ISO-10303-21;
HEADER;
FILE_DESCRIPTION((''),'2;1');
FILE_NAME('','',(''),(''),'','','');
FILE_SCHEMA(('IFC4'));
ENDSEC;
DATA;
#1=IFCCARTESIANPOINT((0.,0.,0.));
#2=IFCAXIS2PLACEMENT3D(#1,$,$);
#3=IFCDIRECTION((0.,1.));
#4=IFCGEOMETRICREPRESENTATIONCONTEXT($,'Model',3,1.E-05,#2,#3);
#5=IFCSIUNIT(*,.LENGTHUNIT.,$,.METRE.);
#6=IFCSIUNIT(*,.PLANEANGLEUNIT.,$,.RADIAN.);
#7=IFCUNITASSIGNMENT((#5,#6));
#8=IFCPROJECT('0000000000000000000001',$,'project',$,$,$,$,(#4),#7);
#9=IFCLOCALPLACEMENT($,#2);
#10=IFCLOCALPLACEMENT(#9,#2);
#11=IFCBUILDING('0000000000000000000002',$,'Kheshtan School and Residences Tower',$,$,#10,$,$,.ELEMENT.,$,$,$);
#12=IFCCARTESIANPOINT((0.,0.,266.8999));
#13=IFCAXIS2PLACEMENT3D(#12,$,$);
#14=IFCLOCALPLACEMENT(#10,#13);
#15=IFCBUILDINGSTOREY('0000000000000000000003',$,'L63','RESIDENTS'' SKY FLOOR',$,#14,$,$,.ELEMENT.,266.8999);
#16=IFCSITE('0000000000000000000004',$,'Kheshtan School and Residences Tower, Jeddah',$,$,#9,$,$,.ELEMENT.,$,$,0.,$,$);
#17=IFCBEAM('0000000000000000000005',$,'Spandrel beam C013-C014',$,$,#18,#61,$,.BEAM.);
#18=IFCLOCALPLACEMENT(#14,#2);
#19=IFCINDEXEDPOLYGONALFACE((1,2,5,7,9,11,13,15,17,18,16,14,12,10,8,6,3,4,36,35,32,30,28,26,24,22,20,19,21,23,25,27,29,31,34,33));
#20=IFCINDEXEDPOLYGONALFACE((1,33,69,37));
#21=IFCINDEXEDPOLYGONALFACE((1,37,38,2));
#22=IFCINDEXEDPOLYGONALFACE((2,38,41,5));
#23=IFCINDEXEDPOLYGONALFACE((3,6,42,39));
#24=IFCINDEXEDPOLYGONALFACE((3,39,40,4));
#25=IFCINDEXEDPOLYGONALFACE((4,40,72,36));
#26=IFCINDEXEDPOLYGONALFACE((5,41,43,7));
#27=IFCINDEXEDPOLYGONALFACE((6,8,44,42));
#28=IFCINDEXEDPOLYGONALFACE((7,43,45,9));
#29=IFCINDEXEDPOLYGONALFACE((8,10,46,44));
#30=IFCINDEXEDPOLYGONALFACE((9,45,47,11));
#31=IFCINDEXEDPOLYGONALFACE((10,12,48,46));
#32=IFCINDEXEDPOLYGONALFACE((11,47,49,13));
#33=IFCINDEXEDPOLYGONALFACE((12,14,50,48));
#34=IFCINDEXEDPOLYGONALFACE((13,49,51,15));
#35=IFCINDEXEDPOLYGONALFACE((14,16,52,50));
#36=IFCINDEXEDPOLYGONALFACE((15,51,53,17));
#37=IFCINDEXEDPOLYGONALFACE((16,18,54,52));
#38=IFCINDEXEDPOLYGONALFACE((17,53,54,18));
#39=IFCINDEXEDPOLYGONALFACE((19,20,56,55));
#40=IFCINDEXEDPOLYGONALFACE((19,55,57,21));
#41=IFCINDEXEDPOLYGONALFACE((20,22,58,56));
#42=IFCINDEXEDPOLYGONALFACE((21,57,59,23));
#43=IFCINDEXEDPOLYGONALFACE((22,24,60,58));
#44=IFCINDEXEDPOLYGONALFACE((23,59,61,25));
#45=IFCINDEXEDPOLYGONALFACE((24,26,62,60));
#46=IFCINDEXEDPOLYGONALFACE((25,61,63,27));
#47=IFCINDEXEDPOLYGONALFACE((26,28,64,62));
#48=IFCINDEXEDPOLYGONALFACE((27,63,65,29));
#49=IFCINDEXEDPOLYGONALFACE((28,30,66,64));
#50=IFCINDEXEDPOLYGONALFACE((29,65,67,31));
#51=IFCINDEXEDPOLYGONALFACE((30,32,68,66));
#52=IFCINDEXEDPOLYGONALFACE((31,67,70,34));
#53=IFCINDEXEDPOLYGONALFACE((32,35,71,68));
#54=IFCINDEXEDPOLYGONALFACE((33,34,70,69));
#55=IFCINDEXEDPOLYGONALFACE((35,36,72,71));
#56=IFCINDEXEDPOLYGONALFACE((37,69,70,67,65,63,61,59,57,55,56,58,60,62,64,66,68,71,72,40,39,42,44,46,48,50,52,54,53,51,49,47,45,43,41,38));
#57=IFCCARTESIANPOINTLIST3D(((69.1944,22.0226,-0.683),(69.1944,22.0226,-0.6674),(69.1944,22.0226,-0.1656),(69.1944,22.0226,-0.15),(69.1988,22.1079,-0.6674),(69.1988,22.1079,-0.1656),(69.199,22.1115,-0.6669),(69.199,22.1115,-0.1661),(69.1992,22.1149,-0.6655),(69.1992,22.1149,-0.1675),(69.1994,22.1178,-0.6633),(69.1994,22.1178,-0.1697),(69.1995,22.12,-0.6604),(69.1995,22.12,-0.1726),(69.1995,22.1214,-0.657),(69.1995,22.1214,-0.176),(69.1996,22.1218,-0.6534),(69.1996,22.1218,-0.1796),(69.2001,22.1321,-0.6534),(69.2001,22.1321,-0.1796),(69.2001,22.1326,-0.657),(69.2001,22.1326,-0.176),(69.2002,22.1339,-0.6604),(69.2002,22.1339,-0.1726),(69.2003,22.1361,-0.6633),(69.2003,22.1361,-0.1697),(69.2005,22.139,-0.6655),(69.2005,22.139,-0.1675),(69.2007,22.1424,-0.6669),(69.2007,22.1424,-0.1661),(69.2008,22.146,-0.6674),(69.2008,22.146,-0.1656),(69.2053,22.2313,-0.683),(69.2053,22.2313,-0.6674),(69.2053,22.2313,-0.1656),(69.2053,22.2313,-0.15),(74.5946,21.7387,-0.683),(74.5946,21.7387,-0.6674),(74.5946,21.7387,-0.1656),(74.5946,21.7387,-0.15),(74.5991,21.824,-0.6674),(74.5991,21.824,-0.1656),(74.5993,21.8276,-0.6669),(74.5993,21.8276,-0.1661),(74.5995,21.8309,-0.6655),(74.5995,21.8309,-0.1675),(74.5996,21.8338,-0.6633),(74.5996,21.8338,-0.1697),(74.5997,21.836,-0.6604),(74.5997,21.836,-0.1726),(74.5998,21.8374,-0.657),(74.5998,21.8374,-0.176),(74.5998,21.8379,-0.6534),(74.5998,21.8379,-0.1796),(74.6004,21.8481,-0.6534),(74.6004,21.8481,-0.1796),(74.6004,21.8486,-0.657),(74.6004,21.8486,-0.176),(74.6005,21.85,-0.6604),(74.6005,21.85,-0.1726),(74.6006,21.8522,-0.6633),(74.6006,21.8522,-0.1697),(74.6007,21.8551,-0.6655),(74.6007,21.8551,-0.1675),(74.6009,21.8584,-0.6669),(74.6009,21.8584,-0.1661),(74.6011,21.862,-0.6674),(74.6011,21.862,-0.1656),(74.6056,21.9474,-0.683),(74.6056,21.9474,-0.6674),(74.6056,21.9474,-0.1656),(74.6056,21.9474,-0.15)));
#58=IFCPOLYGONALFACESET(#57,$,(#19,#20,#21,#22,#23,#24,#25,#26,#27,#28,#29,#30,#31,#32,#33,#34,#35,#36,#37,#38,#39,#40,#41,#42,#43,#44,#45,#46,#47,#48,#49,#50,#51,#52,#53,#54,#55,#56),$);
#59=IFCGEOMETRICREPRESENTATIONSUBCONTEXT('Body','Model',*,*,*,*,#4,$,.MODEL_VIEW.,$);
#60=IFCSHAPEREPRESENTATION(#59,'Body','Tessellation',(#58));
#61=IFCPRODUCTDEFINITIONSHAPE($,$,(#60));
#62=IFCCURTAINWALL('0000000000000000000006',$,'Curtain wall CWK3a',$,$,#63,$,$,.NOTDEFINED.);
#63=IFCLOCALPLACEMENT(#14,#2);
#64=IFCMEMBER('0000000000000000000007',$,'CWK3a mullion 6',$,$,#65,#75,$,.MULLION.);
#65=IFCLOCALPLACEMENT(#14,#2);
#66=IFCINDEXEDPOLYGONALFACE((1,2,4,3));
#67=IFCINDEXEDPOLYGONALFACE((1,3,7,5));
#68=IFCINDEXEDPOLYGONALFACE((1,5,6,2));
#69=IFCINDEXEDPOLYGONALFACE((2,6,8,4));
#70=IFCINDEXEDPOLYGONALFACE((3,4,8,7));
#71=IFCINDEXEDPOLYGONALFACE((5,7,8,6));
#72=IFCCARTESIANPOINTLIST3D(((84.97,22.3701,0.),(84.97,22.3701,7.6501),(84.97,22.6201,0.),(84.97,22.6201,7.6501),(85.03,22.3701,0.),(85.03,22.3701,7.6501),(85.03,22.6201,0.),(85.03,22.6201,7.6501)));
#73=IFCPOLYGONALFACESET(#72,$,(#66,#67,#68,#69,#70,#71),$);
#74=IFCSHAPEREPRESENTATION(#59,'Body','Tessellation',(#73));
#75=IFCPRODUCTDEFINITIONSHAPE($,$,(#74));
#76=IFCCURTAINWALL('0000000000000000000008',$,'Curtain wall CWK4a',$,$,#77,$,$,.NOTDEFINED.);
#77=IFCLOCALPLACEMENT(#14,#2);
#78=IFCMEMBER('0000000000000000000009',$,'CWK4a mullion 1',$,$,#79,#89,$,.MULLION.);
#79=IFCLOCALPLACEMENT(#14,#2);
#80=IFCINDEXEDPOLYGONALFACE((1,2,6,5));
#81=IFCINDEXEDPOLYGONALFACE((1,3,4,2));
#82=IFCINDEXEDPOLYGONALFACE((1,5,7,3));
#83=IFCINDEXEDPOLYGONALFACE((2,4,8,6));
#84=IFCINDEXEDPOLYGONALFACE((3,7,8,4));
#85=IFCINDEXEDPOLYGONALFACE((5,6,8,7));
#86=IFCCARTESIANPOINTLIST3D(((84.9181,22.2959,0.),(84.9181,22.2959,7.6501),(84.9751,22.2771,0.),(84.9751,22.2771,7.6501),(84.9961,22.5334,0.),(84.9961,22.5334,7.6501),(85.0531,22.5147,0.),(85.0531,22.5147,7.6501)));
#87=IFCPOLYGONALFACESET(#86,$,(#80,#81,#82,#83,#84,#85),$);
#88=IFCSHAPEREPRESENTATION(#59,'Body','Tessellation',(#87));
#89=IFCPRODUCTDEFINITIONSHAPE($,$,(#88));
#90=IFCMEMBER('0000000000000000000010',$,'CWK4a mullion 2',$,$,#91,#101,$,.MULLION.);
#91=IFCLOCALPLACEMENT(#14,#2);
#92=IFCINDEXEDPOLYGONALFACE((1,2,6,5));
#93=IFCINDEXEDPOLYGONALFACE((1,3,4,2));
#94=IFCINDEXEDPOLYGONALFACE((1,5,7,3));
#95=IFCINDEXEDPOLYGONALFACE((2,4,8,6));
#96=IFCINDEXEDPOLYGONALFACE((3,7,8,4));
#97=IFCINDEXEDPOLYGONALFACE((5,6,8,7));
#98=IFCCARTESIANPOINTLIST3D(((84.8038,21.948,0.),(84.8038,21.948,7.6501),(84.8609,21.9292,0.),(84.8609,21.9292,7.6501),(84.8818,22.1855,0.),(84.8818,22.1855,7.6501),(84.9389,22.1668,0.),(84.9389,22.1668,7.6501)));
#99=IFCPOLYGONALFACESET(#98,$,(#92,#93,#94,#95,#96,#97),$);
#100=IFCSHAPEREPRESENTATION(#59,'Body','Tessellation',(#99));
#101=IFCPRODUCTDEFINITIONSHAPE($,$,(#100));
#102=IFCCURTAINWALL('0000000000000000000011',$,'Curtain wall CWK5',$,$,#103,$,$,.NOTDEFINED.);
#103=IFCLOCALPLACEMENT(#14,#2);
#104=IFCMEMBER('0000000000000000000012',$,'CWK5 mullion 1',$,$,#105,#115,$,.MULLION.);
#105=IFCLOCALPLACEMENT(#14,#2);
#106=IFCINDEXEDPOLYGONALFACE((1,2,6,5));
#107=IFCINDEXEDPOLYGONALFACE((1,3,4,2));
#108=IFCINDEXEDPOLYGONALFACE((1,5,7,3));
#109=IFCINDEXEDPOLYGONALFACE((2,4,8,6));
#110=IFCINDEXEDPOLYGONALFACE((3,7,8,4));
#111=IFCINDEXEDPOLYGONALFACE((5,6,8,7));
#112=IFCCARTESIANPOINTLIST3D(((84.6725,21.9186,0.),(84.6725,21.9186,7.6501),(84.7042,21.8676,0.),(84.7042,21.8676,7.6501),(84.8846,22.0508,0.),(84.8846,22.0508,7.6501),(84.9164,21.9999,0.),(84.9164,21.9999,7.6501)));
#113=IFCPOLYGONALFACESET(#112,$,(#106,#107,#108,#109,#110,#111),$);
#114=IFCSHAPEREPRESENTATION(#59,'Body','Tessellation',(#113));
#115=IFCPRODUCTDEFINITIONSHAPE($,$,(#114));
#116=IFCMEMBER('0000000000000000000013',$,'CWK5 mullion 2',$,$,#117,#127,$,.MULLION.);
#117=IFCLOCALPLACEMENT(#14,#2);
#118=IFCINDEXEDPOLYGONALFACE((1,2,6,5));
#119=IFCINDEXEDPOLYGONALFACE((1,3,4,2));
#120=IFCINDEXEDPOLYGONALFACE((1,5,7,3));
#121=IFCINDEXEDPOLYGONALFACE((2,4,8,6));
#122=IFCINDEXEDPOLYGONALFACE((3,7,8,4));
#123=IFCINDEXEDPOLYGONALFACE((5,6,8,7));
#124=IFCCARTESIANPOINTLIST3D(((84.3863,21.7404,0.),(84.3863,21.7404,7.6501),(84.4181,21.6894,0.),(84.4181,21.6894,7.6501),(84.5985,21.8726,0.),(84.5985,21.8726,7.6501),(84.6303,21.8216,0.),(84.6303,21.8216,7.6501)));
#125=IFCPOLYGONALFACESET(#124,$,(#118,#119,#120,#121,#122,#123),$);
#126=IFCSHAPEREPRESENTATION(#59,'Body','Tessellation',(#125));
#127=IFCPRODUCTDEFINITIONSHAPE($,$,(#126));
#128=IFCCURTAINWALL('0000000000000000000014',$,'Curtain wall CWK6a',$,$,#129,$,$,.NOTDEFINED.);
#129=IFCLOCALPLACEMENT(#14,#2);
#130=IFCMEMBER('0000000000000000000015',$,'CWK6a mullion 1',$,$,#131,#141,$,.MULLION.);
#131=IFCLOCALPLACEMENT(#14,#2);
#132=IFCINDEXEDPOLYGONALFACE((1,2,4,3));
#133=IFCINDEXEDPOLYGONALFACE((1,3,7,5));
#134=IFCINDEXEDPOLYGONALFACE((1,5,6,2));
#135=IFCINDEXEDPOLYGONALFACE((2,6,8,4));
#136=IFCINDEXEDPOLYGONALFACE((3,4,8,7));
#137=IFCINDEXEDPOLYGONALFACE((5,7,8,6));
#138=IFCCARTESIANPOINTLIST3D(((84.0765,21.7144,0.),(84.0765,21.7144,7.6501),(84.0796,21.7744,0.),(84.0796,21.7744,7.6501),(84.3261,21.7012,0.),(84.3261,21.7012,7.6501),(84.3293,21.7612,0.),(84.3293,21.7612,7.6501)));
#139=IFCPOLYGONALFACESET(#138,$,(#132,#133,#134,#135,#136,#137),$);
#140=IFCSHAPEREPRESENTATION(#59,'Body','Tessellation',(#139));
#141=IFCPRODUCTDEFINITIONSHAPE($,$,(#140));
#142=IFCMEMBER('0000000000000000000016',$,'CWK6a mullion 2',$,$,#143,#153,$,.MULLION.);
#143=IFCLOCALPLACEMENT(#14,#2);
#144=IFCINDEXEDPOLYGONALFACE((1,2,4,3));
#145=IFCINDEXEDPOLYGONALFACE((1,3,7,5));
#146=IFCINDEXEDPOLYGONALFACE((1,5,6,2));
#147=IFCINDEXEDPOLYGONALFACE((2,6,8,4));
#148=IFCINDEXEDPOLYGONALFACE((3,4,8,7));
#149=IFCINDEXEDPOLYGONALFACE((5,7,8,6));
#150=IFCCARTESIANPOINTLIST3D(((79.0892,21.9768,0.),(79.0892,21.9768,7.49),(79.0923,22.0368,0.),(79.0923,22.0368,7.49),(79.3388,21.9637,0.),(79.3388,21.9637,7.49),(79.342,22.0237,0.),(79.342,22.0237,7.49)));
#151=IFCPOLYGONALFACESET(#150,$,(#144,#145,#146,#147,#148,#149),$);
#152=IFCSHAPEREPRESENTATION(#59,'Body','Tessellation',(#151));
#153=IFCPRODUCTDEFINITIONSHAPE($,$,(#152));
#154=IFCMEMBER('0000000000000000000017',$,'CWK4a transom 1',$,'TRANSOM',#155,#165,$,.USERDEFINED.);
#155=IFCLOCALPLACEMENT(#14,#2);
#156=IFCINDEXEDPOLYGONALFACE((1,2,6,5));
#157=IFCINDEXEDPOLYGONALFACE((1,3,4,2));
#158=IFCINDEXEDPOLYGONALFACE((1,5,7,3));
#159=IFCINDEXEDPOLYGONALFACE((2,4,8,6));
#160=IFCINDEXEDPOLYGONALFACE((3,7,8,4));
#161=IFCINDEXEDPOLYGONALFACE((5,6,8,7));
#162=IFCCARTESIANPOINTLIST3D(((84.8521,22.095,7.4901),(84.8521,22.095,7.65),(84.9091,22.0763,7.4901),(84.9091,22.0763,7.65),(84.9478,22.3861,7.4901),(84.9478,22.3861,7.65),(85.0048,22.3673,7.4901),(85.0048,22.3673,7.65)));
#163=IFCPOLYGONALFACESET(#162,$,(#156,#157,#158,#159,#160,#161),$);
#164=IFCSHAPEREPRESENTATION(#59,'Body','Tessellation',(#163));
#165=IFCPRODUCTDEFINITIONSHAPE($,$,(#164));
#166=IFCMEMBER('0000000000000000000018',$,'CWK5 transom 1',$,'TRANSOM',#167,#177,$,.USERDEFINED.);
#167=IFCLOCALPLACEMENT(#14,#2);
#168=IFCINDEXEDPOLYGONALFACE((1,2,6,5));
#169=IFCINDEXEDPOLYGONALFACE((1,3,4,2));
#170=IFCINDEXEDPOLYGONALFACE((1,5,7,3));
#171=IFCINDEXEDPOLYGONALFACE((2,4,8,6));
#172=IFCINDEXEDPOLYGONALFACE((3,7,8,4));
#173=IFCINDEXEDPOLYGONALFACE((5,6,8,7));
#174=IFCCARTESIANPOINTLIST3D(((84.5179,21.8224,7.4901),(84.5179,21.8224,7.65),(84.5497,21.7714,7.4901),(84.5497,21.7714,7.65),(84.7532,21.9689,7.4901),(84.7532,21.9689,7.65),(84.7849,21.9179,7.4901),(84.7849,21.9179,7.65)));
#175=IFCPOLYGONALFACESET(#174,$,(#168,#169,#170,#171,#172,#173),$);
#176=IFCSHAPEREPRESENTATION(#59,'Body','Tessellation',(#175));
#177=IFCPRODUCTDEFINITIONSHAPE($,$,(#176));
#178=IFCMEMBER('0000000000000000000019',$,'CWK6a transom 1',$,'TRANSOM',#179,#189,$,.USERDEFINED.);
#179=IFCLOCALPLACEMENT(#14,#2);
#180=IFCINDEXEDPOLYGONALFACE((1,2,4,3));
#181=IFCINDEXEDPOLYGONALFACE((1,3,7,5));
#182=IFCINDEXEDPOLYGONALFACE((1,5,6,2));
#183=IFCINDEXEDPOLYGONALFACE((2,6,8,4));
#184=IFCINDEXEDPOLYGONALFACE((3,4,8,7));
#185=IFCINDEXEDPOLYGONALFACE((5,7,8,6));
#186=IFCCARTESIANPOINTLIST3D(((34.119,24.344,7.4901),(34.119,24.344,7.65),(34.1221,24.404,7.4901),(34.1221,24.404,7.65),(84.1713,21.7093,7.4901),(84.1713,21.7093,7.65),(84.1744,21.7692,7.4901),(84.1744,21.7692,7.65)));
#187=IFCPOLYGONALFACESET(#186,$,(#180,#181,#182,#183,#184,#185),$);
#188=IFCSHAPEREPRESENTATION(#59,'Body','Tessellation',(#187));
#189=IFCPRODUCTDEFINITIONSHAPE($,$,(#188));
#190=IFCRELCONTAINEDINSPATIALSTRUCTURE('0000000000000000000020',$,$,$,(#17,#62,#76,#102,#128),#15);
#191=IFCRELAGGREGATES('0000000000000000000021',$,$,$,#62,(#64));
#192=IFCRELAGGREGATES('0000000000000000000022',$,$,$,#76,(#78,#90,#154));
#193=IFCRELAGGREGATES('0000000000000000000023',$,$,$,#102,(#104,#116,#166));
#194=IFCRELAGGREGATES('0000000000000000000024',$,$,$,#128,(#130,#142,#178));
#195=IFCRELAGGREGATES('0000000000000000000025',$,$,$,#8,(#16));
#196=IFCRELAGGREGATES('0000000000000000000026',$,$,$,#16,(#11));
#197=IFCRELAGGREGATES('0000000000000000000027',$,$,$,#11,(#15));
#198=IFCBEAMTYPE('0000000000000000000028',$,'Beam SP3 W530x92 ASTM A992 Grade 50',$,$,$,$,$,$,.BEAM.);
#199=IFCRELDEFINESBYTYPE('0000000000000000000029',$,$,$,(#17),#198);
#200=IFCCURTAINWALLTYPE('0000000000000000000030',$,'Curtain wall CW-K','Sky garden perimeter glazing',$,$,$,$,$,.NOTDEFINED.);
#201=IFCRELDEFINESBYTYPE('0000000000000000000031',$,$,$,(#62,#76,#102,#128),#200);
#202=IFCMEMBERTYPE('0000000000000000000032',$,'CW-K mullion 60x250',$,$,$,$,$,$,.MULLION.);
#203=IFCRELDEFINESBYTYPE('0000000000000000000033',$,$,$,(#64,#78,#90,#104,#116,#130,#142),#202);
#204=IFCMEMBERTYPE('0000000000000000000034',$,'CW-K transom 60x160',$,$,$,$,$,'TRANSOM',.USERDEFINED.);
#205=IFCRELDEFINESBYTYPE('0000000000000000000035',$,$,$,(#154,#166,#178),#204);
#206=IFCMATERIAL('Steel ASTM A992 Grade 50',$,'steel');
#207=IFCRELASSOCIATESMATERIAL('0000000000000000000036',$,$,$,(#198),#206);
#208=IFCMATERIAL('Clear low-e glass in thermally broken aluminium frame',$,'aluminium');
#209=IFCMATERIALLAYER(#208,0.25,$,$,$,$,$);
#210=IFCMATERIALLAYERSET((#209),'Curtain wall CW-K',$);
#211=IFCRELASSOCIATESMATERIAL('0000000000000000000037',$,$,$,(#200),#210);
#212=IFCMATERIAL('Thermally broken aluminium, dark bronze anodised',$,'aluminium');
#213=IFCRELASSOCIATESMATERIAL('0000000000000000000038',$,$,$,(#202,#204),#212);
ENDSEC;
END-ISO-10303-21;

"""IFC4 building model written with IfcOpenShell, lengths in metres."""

from ifc_helpers import new_model, si_unit, direction, frame, origin, origin_2d, place, context, subcontext, project, spatial, rectangle, i_section, extrude, material, layer, layer_set, material_profile, profile_set, type_object, element, aggregate, save


model = new_model("IFC4")

# Units and contexts
model_context = context("Model", 3, precision=1e-05, world=origin(), true_north=direction((0.0, 1.0)))
body_context = subcontext(model_context, "Body", "Model", "MODEL_VIEW")
ifc_project = project(units=[si_unit("LENGTHUNIT", "METRE"), si_unit("PLANEANGLEUNIT", "RADIAN")], contexts=[model_context])

# Site, building, storey
site_placement = place(None, origin())
site = spatial("IfcSite", under=ifc_project, at=site_placement, Name="Kheshtan School and Residences Tower, Jeddah", CompositionType="ELEMENT", RefElevation=0.0)
building_placement = place(site_placement, origin())
building = spatial("IfcBuilding", under=site, at=building_placement, Name="Kheshtan School and Residences Tower", CompositionType="ELEMENT")
storey_placement = place(building_placement, frame((0.0, 0.0, 266.8999)))
storey = spatial("IfcBuildingStorey", under=building, at=storey_placement, Name="L63", Description="RESIDENTS' SKY FLOOR", CompositionType="ELEMENT", Elevation=266.8999)

# Shared definitions
ifc_material_1 = material(Name="Steel ASTM A992 Grade 50", Category="steel")

# Beam
ifc_material_profile_1 = material_profile(ifc_material_1, i_section(OverallWidth=0.209, OverallDepth=0.533, WebThickness=0.0103, FlangeThickness=0.0156, FilletRadius=0.0139, at=origin_2d()), Name="W530x92")
ifc_profile_set_1 = profile_set([ifc_material_profile_1], Name="Steel ASTM A992 Grade 50")
beam_type = type_object("IfcBeamType", Name="Beam SP3 W530x92 ASTM A992 Grade 50", PredefinedType="BEAM", material=ifc_profile_set_1)
beam_1_placement = place(storey_placement, frame((74.6001, 21.843, -0.4165), z_axis=(-0.998621, 0.052507, 0.0), x_axis=(-0.052507, -0.998621, 0.0)))
element("IfcBeam", 1, at=beam_1_placement, inside=storey, type_object=beam_type, Name="Spandrel beam C013-C014", PredefinedType="BEAM", context=body_context, shape_type="SweptSolid", body=[
    extrude(i_section(OverallWidth=0.209, OverallDepth=0.533, WebThickness=0.0103, FlangeThickness=0.0156, FilletRadius=0.0139, at=origin_2d()), origin(), (0.0, 0.0, 1.0), 5.4077),
])

# Curtain wall, member
ifc_material_2 = material(Name="Clear low-e glass in thermally broken aluminium frame", Category="aluminium")
ifc_layer_1 = layer(ifc_material_2, 0.25)
ifc_layer_set_1 = layer_set([ifc_layer_1], Name="Curtain wall CW-K")
curtain_wall_type = type_object("IfcCurtainWallType", Name="Curtain wall CW-K", Description="Sky garden perimeter glazing", PredefinedType="NOTDEFINED", material=ifc_layer_set_1)
curtain_wall_1_placement = place(storey_placement, origin())
curtain_wall_1 = element("IfcCurtainWall", 2, at=curtain_wall_1_placement, inside=storey, type_object=curtain_wall_type, Name="Curtain wall CWK3a", PredefinedType="NOTDEFINED")
ifc_material_3 = material(Name="Thermally broken aluminium, dark bronze anodised", Category="aluminium")
ifc_material_profile_2 = material_profile(ifc_material_3, rectangle(XDim=0.0601, YDim=0.25, at=origin_2d()), Name="CW-K mullion 60x250")
ifc_profile_set_2 = profile_set([ifc_material_profile_2], Name="Thermally broken aluminium, dark bronze anodised")
member_type_1 = type_object("IfcMemberType", Name="CW-K mullion 60x250", PredefinedType="MULLION", material=ifc_profile_set_2)
member_1_placement = place(storey_placement, frame((85.0, 22.4951, 0.0), z_axis=(0.0, 0.0, 1.0), x_axis=(1.0, 0.0, 0.0)))
member_1 = element("IfcMember", 3, at=member_1_placement, type_object=member_type_1, Name="CWK3a mullion 6", PredefinedType="MULLION", context=body_context, shape_type="SweptSolid", body=[
    extrude(rectangle(XDim=0.0601, YDim=0.25, at=origin_2d()), origin(), (0.0, 0.0, 1.0), 7.6501),
])

# Curtain walls, members
curtain_wall_2_placement = place(storey_placement, origin())
curtain_wall_2 = element("IfcCurtainWall", 4, at=curtain_wall_2_placement, inside=storey, type_object=curtain_wall_type, Name="Curtain wall CWK4a", PredefinedType="NOTDEFINED")
member_2_placement = place(storey_placement, frame((84.9856, 22.4053, 0.0), z_axis=(0.0, 0.0, 1.0), x_axis=(0.950081, -0.312002, 0.0)))
member_2 = element("IfcMember", 5, at=member_2_placement, type_object=member_type_1, Name="CWK4a mullion 1", PredefinedType="MULLION", context=body_context, shape_type="SweptSolid", body=[
    extrude(rectangle(XDim=0.0601, YDim=0.25, at=origin_2d()), origin(), (0.0, 0.0, 1.0), 7.6501),
])
member_3_placement = place(storey_placement, frame((84.8713, 22.0574, 0.0), z_axis=(0.0, 0.0, 1.0), x_axis=(0.950081, -0.312002, 0.0)))
member_3 = element("IfcMember", 6, at=member_3_placement, type_object=member_type_1, Name="CWK4a mullion 2", PredefinedType="MULLION", context=body_context, shape_type="SweptSolid", body=[
    extrude(rectangle(XDim=0.0601, YDim=0.25, at=origin_2d()), origin(), (0.0, 0.0, 1.0), 7.6501),
])
curtain_wall_3_placement = place(storey_placement, origin())
curtain_wall_3 = element("IfcCurtainWall", 7, at=curtain_wall_3_placement, inside=storey, type_object=curtain_wall_type, Name="Curtain wall CWK5", PredefinedType="NOTDEFINED")
member_4_placement = place(storey_placement, frame((84.7944, 21.9592, 0.0), z_axis=(0.0, 0.0, 1.0), x_axis=(0.528867, -0.848705, 0.0)))
member_4 = element("IfcMember", 8, at=member_4_placement, type_object=member_type_1, Name="CWK5 mullion 1", PredefinedType="MULLION", context=body_context, shape_type="SweptSolid", body=[
    extrude(rectangle(XDim=0.0601, YDim=0.25, at=origin_2d()), origin(), (0.0, 0.0, 1.0), 7.6501),
])
member_5_placement = place(storey_placement, frame((84.5083, 21.781, 0.0), z_axis=(0.0, 0.0, 1.0), x_axis=(0.528867, -0.848705, 0.0)))
member_5 = element("IfcMember", 9, at=member_5_placement, type_object=member_type_1, Name="CWK5 mullion 2", PredefinedType="MULLION", context=body_context, shape_type="SweptSolid", body=[
    extrude(rectangle(XDim=0.0601, YDim=0.25, at=origin_2d()), origin(), (0.0, 0.0, 1.0), 7.6501),
])
curtain_wall_4_placement = place(storey_placement, origin())
curtain_wall_4 = element("IfcCurtainWall", 10, at=curtain_wall_4_placement, inside=storey, type_object=curtain_wall_type, Name="Curtain wall CWK6a", PredefinedType="NOTDEFINED")
member_6_placement = place(storey_placement, frame((84.2029, 21.7378, 0.0), z_axis=(0.0, 0.0, 1.0), x_axis=(-0.052566, -0.998617, 0.0)))
member_6 = element("IfcMember", 11, at=member_6_placement, type_object=member_type_1, Name="CWK6a mullion 1", PredefinedType="MULLION", context=body_context, shape_type="SweptSolid", body=[
    extrude(rectangle(XDim=0.0601, YDim=0.25, at=origin_2d()), origin(), (0.0, 0.0, 1.0), 7.6501),
])
member_7_placement = place(storey_placement, frame((79.2156, 22.0002, 0.0), z_axis=(0.0, 0.0, 1.0), x_axis=(-0.052566, -0.998617, 0.0)))
member_7 = element("IfcMember", 12, at=member_7_placement, type_object=member_type_1, Name="CWK6a mullion 2", PredefinedType="MULLION", context=body_context, shape_type="SweptSolid", body=[
    extrude(rectangle(XDim=0.0601, YDim=0.25, at=origin_2d()), origin(), (0.0, 0.0, 1.0), 7.49),
])

# Members
ifc_material_profile_3 = material_profile(ifc_material_3, rectangle(XDim=0.0601, YDim=0.1599, at=origin_2d()), Name="CW-K transom 60x160")
ifc_profile_set_3 = profile_set([ifc_material_profile_3], Name="Thermally broken aluminium, dark bronze anodised")
member_type_2 = type_object("IfcMemberType", Name="CW-K transom 60x160", ElementType="TRANSOM", PredefinedType="USERDEFINED", material=ifc_profile_set_3)
member_8_placement = place(storey_placement, frame((84.9763, 22.3767, 7.5701), z_axis=(-0.3124, -0.949951, 0.0), x_axis=(0.949951, -0.3124, 0.0)))
member_8 = element("IfcMember", 13, at=member_8_placement, type_object=member_type_2, Name="CWK4a transom 1", ObjectType="TRANSOM", PredefinedType="USERDEFINED", context=body_context, shape_type="SweptSolid", body=[
    extrude(rectangle(XDim=0.0601, YDim=0.1599, at=origin_2d()), origin(), (0.0, 0.0, 1.0), 0.3064),
])
member_9_placement = place(storey_placement, frame((84.769, 21.9434, 7.5701), z_axis=(-0.848986, -0.528415, 0.0), x_axis=(0.528415, -0.848986, 0.0)))
member_9 = element("IfcMember", 14, at=member_9_placement, type_object=member_type_2, Name="CWK5 transom 1", ObjectType="TRANSOM", PredefinedType="USERDEFINED", context=body_context, shape_type="SweptSolid", body=[
    extrude(rectangle(XDim=0.0601, YDim=0.1599, at=origin_2d()), origin(), (0.0, 0.0, 1.0), 0.2771),
])
member_10_placement = place(storey_placement, frame((84.1729, 21.7393, 7.5701), z_axis=(-0.998617, 0.052568, 0.0), x_axis=(-0.052568, -0.998617, 0.0)))
member_10 = element("IfcMember", 15, at=member_10_placement, type_object=member_type_2, Name="CWK6a transom 1", ObjectType="TRANSOM", PredefinedType="USERDEFINED", context=body_context, shape_type="SweptSolid", body=[
    extrude(rectangle(XDim=0.0601, YDim=0.1599, at=origin_2d()), origin(), (0.0, 0.0, 1.0), 50.1216),
])

aggregate(curtain_wall_1, [member_1])
aggregate(curtain_wall_2, [member_2, member_3, member_8])
aggregate(curtain_wall_3, [member_4, member_5, member_9])
aggregate(curtain_wall_4, [member_6, member_7, member_10])

save(model, "model.ifc")
